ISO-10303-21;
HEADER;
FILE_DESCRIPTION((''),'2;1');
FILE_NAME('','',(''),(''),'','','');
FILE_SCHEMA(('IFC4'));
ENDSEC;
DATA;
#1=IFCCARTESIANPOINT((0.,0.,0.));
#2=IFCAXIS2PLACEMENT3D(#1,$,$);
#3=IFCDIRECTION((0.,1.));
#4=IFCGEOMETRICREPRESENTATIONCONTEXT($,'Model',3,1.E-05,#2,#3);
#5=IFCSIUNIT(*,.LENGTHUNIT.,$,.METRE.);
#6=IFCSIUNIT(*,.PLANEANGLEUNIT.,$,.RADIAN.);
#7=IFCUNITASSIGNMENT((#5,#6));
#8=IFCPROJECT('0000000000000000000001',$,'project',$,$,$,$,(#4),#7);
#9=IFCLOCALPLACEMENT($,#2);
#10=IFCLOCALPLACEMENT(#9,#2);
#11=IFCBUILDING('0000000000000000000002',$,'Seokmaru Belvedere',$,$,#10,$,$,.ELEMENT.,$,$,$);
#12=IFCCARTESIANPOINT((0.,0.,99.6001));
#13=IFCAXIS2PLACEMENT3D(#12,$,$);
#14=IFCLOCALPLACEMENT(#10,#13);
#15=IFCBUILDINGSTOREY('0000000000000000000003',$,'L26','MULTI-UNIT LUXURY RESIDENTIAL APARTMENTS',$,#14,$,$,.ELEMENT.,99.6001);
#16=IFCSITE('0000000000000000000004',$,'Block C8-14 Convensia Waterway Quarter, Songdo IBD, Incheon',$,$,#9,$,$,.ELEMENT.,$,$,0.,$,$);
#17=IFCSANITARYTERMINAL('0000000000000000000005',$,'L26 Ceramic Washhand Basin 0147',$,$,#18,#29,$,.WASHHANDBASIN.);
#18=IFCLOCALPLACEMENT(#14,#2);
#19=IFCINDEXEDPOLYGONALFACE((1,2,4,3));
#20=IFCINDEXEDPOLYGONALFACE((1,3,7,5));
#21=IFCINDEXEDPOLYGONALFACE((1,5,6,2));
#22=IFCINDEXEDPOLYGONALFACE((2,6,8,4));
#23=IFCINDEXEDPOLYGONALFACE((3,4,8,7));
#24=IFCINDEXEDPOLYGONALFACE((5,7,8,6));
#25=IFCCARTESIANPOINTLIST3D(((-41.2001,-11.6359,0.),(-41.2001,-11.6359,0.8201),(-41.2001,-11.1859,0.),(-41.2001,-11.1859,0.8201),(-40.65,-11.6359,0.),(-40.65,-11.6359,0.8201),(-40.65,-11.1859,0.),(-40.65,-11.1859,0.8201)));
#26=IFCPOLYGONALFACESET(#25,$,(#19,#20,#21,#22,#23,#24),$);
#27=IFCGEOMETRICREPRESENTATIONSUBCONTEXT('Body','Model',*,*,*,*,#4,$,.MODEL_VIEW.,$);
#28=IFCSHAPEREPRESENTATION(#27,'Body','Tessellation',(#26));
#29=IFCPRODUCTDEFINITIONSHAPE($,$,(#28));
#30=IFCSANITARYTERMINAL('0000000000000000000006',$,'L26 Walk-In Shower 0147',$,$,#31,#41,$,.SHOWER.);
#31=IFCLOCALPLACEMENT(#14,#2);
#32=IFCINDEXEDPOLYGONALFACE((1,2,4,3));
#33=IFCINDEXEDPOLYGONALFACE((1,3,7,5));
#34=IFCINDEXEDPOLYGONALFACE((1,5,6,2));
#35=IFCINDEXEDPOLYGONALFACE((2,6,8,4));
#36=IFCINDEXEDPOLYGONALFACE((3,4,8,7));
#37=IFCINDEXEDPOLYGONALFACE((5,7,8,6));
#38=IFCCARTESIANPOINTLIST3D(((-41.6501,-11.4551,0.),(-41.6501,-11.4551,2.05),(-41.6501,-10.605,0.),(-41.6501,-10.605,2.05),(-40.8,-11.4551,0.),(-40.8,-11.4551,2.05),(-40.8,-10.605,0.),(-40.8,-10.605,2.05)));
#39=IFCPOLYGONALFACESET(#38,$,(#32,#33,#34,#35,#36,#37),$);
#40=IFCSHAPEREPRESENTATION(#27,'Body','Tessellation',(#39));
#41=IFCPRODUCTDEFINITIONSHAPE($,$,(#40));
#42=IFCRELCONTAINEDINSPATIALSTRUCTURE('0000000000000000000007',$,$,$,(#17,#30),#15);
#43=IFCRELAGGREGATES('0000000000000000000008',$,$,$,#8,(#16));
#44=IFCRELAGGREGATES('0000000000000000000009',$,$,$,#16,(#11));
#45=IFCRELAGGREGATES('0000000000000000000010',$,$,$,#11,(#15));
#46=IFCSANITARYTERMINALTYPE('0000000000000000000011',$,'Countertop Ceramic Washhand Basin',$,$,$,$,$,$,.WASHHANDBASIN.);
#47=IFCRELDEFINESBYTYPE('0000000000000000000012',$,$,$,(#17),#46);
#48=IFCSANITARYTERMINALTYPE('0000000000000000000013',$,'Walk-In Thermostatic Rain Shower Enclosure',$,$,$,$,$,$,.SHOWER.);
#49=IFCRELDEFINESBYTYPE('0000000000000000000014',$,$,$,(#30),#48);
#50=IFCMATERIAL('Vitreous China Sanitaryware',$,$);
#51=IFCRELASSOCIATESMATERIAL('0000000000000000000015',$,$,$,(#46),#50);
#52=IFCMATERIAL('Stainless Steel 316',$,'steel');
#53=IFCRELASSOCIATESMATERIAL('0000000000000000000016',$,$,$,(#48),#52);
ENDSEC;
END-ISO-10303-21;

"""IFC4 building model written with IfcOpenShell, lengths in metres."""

from ifc_helpers import new_model, si_unit, direction, frame, origin, origin_2d, place, context, subcontext, project, spatial, rectangle, extrude, source, transform, mapped, material, type_object, type_shapes, element, save


model = new_model("IFC4")

# Units and contexts
model_context = context("Model", 3, precision=1e-05, world=origin(), true_north=direction((0.0, 1.0)))
body_context = subcontext(model_context, "Body", "Model", "MODEL_VIEW")
ifc_project = project(units=[si_unit("LENGTHUNIT", "METRE"), si_unit("PLANEANGLEUNIT", "RADIAN")], contexts=[model_context])

# Site, building, storey
site_placement = place(None, origin())
site = spatial("IfcSite", under=ifc_project, at=site_placement, Name="Block C8-14 Convensia Waterway Quarter, Songdo IBD, Incheon", CompositionType="ELEMENT", RefElevation=0.0)
building_placement = place(site_placement, origin())
building = spatial("IfcBuilding", under=site, at=building_placement, Name="Seokmaru Belvedere", CompositionType="ELEMENT")
storey_placement = place(building_placement, frame((0.0, 0.0, 99.6001)))
storey = spatial("IfcBuildingStorey", under=building, at=storey_placement, Name="L26", Description="MULTI-UNIT LUXURY RESIDENTIAL APARTMENTS", CompositionType="ELEMENT", Elevation=99.6001)

# Sanitary terminals
ifc_material_1 = material(Name="Vitreous China Sanitaryware")
sanitary_terminal_type_1 = type_object("IfcSanitaryTerminalType", Name="Countertop Ceramic Washhand Basin", PredefinedType="WASHHANDBASIN", material=ifc_material_1)
shared_shape_1 = source(origin(), body_context, "Body", "SweptSolid", [
    extrude(rectangle(XDim=0.55, YDim=0.45, at=origin_2d()), origin(), (0.0, 0.0, 1.0), 0.8201),
])
type_shapes(sanitary_terminal_type_1, [shared_shape_1])
sanitary_terminal_1_placement = place(storey_placement, frame((-40.925, -11.4109, 0.0), z_axis=(0.0, 0.0, 1.0), x_axis=(1.0, 0.0, 0.0)))
element("IfcSanitaryTerminal", 1, at=sanitary_terminal_1_placement, inside=storey, type_object=sanitary_terminal_type_1, Name="L26 Ceramic Washhand Basin 0147", PredefinedType="WASHHANDBASIN", context=body_context, shape_type="MappedRepresentation", body=[
    mapped(shared_shape_1, transform((0.0, 0.0, 0.0), scale=1.0)),
])
ifc_material_2 = material(Name="Stainless Steel 316", Category="steel")
sanitary_terminal_type_2 = type_object("IfcSanitaryTerminalType", Name="Walk-In Thermostatic Rain Shower Enclosure", PredefinedType="SHOWER", material=ifc_material_2)
shared_shape_2 = source(origin(), body_context, "Body", "SweptSolid", [
    extrude(rectangle(XDim=0.8501, YDim=0.8501, at=origin_2d()), origin(), (0.0, 0.0, 1.0), 2.05),
])
type_shapes(sanitary_terminal_type_2, [shared_shape_2])
sanitary_terminal_2_placement = place(storey_placement, frame((-41.2251, -11.03, 0.0), z_axis=(0.0, 0.0, 1.0), x_axis=(1.0, 0.0, 0.0)))
element("IfcSanitaryTerminal", 2, at=sanitary_terminal_2_placement, inside=storey, type_object=sanitary_terminal_type_2, Name="L26 Walk-In Shower 0147", PredefinedType="SHOWER", context=body_context, shape_type="MappedRepresentation", body=[
    mapped(shared_shape_2, transform((0.0, 0.0, 0.0), scale=1.0)),
])

save(model, "model.ifc")
